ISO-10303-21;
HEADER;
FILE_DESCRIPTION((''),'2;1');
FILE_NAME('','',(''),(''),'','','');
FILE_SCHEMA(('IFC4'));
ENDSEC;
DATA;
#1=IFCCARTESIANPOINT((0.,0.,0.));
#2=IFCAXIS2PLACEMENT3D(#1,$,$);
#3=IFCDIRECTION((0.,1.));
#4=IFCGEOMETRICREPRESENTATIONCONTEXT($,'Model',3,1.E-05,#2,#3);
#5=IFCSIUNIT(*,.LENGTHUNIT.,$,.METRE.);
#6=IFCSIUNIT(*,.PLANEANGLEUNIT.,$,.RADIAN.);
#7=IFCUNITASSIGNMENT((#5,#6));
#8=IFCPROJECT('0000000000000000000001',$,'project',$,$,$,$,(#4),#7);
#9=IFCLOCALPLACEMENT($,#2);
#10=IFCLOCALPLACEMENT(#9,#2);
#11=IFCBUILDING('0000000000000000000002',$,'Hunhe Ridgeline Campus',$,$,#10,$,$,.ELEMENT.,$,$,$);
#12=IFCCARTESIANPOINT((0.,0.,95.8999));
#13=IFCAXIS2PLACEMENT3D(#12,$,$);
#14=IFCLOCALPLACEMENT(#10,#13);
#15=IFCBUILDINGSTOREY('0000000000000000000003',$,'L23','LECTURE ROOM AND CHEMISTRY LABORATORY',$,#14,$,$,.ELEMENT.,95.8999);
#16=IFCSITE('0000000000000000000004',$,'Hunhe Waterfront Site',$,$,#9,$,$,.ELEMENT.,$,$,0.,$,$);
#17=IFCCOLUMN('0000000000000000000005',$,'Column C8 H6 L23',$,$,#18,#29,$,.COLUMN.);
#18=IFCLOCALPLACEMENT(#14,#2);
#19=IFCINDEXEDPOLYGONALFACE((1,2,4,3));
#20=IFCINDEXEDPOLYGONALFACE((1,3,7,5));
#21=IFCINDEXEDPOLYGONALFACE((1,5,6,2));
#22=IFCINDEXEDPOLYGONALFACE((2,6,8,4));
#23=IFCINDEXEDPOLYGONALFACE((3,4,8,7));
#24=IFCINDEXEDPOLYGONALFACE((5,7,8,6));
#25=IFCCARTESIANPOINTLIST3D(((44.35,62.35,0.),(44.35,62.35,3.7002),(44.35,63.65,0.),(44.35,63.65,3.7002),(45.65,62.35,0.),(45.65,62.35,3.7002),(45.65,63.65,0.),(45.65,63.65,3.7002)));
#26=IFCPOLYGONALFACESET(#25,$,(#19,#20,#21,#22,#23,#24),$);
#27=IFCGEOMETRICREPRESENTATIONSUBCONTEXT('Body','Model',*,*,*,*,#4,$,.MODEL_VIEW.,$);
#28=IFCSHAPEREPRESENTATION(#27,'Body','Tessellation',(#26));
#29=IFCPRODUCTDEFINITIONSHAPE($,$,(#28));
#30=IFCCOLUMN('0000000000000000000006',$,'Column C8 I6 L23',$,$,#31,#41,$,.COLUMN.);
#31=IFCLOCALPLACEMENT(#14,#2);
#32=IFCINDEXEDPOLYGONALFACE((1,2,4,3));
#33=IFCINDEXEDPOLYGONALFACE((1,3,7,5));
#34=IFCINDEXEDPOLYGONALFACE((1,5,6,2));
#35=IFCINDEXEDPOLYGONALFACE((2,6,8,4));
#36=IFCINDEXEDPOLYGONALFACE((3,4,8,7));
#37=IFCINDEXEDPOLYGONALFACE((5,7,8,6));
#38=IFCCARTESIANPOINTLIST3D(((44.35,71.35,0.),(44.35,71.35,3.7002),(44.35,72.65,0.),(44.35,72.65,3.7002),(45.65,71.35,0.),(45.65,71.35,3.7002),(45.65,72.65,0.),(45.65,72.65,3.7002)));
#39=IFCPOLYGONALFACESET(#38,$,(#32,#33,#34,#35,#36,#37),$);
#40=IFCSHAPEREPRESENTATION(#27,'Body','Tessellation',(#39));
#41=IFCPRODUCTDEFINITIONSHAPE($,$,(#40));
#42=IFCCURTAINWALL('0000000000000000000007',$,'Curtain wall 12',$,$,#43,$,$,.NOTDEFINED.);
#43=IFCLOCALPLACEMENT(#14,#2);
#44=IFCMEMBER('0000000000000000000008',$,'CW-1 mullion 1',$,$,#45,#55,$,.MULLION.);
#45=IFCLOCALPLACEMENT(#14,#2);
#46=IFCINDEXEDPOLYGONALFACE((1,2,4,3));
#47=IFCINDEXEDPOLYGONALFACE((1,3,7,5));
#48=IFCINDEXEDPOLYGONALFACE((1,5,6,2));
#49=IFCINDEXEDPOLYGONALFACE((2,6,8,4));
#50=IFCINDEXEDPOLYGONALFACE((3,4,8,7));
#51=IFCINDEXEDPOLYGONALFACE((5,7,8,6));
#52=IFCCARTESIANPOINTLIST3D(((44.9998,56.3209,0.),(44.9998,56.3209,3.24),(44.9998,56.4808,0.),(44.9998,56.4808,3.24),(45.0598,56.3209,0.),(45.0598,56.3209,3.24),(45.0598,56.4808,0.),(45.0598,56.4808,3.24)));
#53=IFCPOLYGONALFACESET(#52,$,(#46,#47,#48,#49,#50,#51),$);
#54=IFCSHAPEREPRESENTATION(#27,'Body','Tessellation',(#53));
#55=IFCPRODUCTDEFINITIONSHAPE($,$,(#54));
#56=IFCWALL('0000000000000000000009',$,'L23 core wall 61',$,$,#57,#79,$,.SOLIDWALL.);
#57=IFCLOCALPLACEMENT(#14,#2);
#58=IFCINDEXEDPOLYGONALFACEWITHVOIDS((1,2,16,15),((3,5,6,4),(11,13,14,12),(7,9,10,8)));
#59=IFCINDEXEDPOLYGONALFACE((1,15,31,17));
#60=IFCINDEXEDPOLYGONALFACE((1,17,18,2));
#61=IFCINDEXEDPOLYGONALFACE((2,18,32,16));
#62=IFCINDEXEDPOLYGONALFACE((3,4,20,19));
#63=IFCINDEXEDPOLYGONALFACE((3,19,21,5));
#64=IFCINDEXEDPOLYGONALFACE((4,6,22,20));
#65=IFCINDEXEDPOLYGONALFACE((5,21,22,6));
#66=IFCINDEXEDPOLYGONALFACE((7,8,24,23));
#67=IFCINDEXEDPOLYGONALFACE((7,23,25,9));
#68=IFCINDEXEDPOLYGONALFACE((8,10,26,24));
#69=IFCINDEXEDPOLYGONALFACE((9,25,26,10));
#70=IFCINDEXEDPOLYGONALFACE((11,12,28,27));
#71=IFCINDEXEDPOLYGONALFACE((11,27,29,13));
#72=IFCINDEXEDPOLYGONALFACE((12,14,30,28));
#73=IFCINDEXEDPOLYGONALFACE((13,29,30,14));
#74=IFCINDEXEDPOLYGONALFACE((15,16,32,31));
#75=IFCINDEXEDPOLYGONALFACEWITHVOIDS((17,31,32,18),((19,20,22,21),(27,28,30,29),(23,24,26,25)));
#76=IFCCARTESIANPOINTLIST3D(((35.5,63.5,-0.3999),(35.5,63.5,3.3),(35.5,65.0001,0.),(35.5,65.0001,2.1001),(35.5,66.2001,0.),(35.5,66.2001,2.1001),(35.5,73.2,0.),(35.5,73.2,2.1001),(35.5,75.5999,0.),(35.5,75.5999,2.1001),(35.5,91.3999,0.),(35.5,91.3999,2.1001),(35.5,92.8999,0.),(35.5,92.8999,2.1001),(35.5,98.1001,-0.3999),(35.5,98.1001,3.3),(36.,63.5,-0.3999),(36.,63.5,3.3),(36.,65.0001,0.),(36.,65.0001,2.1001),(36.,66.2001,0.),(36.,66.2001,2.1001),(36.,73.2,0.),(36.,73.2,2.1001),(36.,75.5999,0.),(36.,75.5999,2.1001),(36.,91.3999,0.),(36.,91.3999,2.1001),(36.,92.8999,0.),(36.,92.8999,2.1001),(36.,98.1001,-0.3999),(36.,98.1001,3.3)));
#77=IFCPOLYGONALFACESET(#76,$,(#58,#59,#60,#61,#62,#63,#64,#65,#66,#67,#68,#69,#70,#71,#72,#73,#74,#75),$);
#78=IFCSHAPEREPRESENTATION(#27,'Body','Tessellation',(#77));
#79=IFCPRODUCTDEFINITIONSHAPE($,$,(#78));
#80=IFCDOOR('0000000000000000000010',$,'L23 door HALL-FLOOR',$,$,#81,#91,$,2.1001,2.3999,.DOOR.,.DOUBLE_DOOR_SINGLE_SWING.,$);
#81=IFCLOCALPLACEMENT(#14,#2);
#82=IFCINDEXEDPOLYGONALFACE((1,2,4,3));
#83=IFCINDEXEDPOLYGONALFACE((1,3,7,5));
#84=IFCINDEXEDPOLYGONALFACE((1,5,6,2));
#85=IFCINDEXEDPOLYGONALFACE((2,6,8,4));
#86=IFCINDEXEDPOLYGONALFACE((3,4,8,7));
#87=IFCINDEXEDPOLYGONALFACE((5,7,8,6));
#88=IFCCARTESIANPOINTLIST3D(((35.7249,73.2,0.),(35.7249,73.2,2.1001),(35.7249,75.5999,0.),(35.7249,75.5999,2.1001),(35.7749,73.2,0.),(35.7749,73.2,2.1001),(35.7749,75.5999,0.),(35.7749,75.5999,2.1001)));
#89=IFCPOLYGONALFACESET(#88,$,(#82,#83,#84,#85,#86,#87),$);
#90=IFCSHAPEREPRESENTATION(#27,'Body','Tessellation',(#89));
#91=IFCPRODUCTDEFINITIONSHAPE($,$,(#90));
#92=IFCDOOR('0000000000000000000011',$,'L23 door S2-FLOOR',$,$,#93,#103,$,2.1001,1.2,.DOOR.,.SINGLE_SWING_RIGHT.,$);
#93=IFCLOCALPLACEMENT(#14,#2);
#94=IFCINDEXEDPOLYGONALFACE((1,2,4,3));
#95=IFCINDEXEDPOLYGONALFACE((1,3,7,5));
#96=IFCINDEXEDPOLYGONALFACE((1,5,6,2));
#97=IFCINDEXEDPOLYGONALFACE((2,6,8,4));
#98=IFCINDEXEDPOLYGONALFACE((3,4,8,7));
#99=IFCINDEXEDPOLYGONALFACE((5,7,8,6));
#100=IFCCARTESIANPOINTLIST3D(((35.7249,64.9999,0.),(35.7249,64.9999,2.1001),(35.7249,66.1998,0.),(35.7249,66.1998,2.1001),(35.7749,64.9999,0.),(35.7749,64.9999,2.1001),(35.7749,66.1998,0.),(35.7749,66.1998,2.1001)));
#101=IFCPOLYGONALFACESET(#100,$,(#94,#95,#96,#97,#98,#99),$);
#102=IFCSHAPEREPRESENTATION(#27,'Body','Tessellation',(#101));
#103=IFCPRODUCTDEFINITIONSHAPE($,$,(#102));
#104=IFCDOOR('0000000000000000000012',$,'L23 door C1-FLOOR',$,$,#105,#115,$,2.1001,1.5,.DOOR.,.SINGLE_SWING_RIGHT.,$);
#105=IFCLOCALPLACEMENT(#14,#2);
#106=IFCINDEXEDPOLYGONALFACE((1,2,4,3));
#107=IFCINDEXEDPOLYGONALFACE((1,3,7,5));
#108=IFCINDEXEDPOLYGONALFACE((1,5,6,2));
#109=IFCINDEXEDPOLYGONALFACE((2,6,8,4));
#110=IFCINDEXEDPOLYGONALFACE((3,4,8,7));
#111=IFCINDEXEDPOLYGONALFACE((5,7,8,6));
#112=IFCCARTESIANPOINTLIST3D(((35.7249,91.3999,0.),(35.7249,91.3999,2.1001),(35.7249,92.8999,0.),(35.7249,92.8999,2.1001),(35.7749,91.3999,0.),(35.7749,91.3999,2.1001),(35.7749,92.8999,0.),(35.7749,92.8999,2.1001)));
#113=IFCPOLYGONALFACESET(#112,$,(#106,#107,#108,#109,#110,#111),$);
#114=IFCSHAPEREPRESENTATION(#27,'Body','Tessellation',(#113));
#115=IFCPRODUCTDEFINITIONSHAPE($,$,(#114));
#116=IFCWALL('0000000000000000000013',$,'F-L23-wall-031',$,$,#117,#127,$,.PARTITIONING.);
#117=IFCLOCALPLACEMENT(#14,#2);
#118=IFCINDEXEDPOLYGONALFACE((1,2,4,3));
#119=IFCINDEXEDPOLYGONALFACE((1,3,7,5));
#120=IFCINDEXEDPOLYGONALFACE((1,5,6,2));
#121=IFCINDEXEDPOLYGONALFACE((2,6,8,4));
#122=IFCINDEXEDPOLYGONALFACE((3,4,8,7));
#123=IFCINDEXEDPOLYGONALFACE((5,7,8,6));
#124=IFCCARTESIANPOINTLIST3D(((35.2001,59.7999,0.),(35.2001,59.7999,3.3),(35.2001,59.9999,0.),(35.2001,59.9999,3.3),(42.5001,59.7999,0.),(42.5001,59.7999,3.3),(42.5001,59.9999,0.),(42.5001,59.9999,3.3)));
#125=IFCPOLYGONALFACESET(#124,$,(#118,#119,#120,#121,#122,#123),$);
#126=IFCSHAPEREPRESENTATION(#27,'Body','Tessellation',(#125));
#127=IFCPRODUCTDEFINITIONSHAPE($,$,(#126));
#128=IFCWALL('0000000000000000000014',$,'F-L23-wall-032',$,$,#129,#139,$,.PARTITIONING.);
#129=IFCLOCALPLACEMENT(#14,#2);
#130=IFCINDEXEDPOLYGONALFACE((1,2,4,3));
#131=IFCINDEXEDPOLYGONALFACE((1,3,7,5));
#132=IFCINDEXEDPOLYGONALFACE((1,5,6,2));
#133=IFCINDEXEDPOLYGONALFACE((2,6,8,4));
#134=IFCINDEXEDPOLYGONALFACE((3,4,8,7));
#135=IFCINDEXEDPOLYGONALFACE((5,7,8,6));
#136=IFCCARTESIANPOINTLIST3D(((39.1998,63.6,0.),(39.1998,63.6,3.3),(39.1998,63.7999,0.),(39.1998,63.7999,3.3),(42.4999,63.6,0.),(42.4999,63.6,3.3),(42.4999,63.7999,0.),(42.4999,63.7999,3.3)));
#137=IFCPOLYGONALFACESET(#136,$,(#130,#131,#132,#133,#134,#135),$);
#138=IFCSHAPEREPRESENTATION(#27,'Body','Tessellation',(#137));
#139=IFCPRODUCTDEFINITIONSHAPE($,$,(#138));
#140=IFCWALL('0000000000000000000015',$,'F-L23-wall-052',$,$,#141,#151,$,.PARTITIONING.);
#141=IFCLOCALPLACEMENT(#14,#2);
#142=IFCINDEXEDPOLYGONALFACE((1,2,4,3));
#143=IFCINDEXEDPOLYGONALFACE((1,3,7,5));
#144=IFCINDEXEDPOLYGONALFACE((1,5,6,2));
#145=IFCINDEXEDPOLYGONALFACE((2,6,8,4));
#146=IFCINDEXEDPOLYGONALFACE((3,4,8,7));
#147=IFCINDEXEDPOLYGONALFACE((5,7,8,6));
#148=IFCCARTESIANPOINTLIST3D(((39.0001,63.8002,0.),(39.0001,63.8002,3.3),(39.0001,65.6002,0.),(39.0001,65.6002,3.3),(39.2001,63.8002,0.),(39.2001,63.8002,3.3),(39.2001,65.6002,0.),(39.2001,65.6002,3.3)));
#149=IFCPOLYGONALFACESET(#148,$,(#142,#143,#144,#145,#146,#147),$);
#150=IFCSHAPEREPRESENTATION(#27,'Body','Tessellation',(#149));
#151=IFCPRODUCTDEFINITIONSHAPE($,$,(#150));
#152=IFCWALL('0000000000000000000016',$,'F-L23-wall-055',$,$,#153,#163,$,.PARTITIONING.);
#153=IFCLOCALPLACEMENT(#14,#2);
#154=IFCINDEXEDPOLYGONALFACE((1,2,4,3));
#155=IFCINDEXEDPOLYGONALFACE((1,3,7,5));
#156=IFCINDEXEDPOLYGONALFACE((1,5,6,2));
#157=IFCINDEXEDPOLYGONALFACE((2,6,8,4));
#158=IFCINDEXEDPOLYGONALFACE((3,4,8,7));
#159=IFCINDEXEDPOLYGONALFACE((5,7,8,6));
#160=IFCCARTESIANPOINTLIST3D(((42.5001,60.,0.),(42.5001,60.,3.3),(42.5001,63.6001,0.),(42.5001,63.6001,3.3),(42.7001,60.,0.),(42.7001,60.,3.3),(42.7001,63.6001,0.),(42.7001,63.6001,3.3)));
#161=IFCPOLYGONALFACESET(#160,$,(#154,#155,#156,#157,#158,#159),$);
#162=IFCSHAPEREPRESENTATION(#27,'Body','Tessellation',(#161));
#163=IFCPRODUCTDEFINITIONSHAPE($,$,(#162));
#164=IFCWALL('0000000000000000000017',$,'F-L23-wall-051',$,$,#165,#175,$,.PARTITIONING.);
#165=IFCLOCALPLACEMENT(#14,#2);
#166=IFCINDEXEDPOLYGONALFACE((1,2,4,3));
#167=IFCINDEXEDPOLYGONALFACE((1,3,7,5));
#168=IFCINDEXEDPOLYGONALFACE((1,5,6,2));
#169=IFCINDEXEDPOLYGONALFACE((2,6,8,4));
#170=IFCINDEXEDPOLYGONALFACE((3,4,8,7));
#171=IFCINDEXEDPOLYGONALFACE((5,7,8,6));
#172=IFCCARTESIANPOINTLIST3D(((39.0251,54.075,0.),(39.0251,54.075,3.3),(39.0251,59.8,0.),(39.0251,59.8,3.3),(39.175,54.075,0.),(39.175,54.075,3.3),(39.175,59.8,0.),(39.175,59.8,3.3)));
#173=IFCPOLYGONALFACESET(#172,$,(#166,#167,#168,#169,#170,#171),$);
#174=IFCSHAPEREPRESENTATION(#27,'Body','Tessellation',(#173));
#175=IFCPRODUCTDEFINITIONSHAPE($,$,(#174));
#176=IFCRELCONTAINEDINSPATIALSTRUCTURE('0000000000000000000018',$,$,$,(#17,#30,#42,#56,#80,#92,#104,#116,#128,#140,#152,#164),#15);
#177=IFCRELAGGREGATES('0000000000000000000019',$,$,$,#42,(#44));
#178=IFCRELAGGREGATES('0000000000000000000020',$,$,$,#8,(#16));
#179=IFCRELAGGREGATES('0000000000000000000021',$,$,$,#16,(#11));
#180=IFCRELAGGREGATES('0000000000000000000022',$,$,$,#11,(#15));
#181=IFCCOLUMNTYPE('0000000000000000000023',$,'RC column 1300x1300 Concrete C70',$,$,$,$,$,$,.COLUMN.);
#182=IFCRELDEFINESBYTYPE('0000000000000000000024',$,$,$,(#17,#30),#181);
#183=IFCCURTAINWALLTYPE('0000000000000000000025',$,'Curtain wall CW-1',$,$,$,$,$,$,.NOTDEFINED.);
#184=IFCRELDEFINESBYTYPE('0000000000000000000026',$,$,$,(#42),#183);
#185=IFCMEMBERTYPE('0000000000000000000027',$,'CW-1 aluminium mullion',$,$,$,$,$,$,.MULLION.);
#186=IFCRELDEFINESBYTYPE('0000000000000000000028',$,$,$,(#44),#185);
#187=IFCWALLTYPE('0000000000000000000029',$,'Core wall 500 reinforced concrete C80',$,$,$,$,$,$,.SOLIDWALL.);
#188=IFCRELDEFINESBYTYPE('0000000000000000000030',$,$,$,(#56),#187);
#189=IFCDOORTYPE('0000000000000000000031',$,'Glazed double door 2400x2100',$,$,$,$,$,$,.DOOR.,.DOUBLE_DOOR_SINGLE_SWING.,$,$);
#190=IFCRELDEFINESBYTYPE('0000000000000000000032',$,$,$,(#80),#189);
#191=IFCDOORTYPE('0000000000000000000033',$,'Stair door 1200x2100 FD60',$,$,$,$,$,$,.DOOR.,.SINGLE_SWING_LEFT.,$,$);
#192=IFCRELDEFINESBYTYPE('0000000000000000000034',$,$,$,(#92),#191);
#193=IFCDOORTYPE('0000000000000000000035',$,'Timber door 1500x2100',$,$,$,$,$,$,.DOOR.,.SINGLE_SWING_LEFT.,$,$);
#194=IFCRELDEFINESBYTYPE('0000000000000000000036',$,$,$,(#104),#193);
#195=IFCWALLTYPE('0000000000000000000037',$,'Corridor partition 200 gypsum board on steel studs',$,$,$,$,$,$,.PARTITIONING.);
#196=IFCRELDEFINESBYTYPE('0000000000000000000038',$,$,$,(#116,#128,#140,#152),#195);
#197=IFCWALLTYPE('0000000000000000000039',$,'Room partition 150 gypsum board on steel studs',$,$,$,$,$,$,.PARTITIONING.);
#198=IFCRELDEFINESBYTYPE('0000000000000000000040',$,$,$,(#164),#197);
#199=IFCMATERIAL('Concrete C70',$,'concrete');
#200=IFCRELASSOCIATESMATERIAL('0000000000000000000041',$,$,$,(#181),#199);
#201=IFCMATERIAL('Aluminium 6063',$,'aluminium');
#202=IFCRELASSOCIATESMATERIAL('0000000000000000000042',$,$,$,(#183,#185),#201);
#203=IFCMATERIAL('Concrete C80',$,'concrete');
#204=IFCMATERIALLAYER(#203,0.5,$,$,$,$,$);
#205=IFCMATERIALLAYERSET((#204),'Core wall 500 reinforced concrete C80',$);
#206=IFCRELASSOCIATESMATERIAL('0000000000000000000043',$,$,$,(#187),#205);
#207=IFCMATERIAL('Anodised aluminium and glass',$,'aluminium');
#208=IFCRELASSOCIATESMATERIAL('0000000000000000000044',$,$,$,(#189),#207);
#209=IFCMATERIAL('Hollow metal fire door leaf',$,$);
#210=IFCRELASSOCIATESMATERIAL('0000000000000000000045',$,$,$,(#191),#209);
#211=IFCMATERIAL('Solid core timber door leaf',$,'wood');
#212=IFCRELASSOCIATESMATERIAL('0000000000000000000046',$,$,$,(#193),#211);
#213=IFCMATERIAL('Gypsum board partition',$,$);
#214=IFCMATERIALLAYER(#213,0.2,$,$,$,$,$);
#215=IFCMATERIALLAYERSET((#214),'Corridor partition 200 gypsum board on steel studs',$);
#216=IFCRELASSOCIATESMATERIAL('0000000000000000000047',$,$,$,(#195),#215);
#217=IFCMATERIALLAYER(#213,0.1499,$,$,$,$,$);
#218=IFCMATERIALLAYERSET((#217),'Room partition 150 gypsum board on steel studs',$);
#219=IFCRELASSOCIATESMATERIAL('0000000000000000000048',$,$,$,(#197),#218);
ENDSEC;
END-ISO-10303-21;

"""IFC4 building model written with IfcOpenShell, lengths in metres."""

from ifc_helpers import new_model, si_unit, direction, frame, frame_2d, origin, origin_2d, place, context, subcontext, project, spatial, rectangle, extrude, material, layer, layer_set, material_profile, profile_set, type_object, element, fill, aggregate, save


model = new_model("IFC4")

# Units and contexts
model_context = context("Model", 3, precision=1e-05, world=origin(), true_north=direction((0.0, 1.0)))
body_context = subcontext(model_context, "Body", "Model", "MODEL_VIEW")
ifc_project = project(units=[si_unit("LENGTHUNIT", "METRE"), si_unit("PLANEANGLEUNIT", "RADIAN")], contexts=[model_context])

# Site, building, storey
site_placement = place(None, origin())
site = spatial("IfcSite", under=ifc_project, at=site_placement, Name="Hunhe Waterfront Site", CompositionType="ELEMENT", RefElevation=0.0)
building_placement = place(site_placement, origin())
building = spatial("IfcBuilding", under=site, at=building_placement, Name="Hunhe Ridgeline Campus", CompositionType="ELEMENT")
storey_placement = place(building_placement, frame((0.0, 0.0, 95.8999)))
storey = spatial("IfcBuildingStorey", under=building, at=storey_placement, Name="L23", Description="LECTURE ROOM AND CHEMISTRY LABORATORY", CompositionType="ELEMENT", Elevation=95.8999)

# Columns
ifc_material_1 = material(Name="Concrete C70", Category="concrete")
ifc_material_profile_1 = material_profile(ifc_material_1, rectangle(XDim=1.3, YDim=1.3, at=origin_2d()))
ifc_profile_set_1 = profile_set([ifc_material_profile_1], Name="Concrete C70")
column_type = type_object("IfcColumnType", Name="RC column 1300x1300 Concrete C70", PredefinedType="COLUMN", material=ifc_profile_set_1)
for number, where, z_axis, x_axis, name in (
    (1, (45.0, 63.0, 0.0), (0.0, 0.0, 1.0), (1.0, 0.0, 0.0), "Column C8 H6 L23"),
    (2, (45.0, 72.0, 0.0), (0.0, 0.0, 1.0), (1.0, 0.0, 0.0), "Column C8 I6 L23"),
):
    element("IfcColumn", number, at=place(storey_placement, frame(where, z_axis=z_axis, x_axis=x_axis)), inside=storey, type_object=column_type, Name=name, PredefinedType="COLUMN", context=body_context, shape_type="SweptSolid", body=[
        extrude(rectangle(XDim=1.3, YDim=1.3, at=origin_2d()), origin(), (0.0, 0.0, 1.0), 3.7002),
    ])

# Curtain wall, member
ifc_material_2 = material(Name="Aluminium 6063", Category="aluminium")
curtain_wall_type = type_object("IfcCurtainWallType", Name="Curtain wall CW-1", PredefinedType="NOTDEFINED", material=ifc_material_2)
curtain_wall_placement = place(storey_placement, origin())
curtain_wall = element("IfcCurtainWall", 3, at=curtain_wall_placement, inside=storey, type_object=curtain_wall_type, Name="Curtain wall 12", PredefinedType="NOTDEFINED")
ifc_material_profile_2 = material_profile(ifc_material_2, rectangle(XDim=0.1599, YDim=0.0601, at=origin_2d()))
ifc_profile_set_2 = profile_set([ifc_material_profile_2], Name="Aluminium 6063")
member_type = type_object("IfcMemberType", Name="CW-1 aluminium mullion", PredefinedType="MULLION", material=ifc_profile_set_2)
member_placement = place(storey_placement, frame((45.0298, 56.4009, 0.0), z_axis=(0.0, 0.0, 1.0), x_axis=(0.0, 1.0, 0.0)))
member = element("IfcMember", 4, at=member_placement, type_object=member_type, Name="CW-1 mullion 1", PredefinedType="MULLION", context=body_context, shape_type="SweptSolid", body=[
    extrude(rectangle(XDim=0.1599, YDim=0.0601, at=origin_2d()), origin(), (0.0, 0.0, 1.0), 3.24),
])
aggregate(curtain_wall, [member])

# Wall, openings, doors
ifc_material_3 = material(Name="Concrete C80", Category="concrete")
ifc_layer_1 = layer(ifc_material_3, 0.5)
ifc_layer_set_1 = layer_set([ifc_layer_1], Name="Core wall 500 reinforced concrete C80")
wall_type_1 = type_object("IfcWallType", Name="Core wall 500 reinforced concrete C80", PredefinedType="SOLIDWALL", material=ifc_layer_set_1)
wall_1_placement = place(storey_placement, frame((35.75, 63.5, -0.3999), z_axis=(0.0, 0.0, 1.0), x_axis=(0.0, 1.0, 0.0)))
wall_1 = element("IfcWall", 5, at=wall_1_placement, inside=storey, type_object=wall_type_1, Name="L23 core wall 61", PredefinedType="SOLIDWALL", context=body_context, shape_type="SweptSolid", body=[
    extrude(rectangle(XDim=34.6001, YDim=0.5, at=frame_2d((17.3, 0.0))), origin(), (0.0, 0.0, 1.0), 3.7),
])
opening_1_placement = place(wall_1_placement, frame((9.7, 0.0, 0.3999)))
opening_1 = element("IfcOpeningElement", 6, at=opening_1_placement, cuts=wall_1, PredefinedType="OPENING", context=body_context, shape_type="SweptSolid", body=[
    extrude(rectangle(XDim=2.3999, YDim=2.1001, at=frame_2d((1.2, 1.05))), frame((0.0, 0.25, 0.0), z_axis=(0.0, -1.0, 0.0), x_axis=(1.0, 0.0, 0.0)), (0.0, 0.0, 1.0), 0.5),
])
opening_2_placement = place(wall_1_placement, frame((27.8999, 0.0, 0.3999)))
opening_2 = element("IfcOpeningElement", 7, at=opening_2_placement, cuts=wall_1, PredefinedType="OPENING", context=body_context, shape_type="SweptSolid", body=[
    extrude(rectangle(XDim=1.5, YDim=2.1001, at=frame_2d((0.75, 1.05))), frame((0.0, 0.25, 0.0), z_axis=(0.0, -1.0, 0.0), x_axis=(1.0, 0.0, 0.0)), (0.0, 0.0, 1.0), 0.5),
])
opening_3_placement = place(wall_1_placement, frame((1.5, 0.0, 0.3999)))
opening_3 = element("IfcOpeningElement", 8, at=opening_3_placement, cuts=wall_1, PredefinedType="OPENING", context=body_context, shape_type="SweptSolid", body=[
    extrude(rectangle(XDim=1.2, YDim=2.1001, at=frame_2d((0.6001, 1.05))), frame((0.0, 0.25, 0.0), z_axis=(0.0, -1.0, 0.0), x_axis=(1.0, 0.0, 0.0)), (0.0, 0.0, 1.0), 0.5),
])
ifc_material_4 = material(Name="Anodised aluminium and glass", Category="aluminium")
door_type_1 = type_object("IfcDoorType", Name="Glazed double door 2400x2100", OperationType="DOUBLE_DOOR_SINGLE_SWING", PredefinedType="DOOR", material=ifc_material_4)
door_1_placement = place(opening_1_placement, frame((2.3999, 0.0, 0.0), z_axis=(0.0, 0.0, 1.0), x_axis=(-1.0, 0.0, 0.0)))
door_1 = element("IfcDoor", 9, at=door_1_placement, inside=storey, type_object=door_type_1, Name="L23 door HALL-FLOOR", OperationType="DOUBLE_DOOR_SINGLE_SWING", OverallHeight=2.1001, OverallWidth=2.3999, PredefinedType="DOOR", context=body_context, shape_type="SweptSolid", body=[
    extrude(rectangle(XDim=2.3999, YDim=2.1001, at=frame_2d((1.2, 1.05))), frame((0.0, 0.0249, 0.0), z_axis=(0.0, -1.0, 0.0), x_axis=(1.0, 0.0, 0.0)), (0.0, 0.0, 1.0), 0.05),
])
fill(opening_1, door_1)
ifc_material_5 = material(Name="Hollow metal fire door leaf")
door_type_2 = type_object("IfcDoorType", Name="Stair door 1200x2100 FD60", OperationType="SINGLE_SWING_LEFT", PredefinedType="DOOR", material=ifc_material_5)
door_2_placement = place(opening_3_placement, frame((1.2, 0.0, 0.0), z_axis=(0.0, 0.0, 1.0), x_axis=(-1.0, 0.0, 0.0)))
door_2 = element("IfcDoor", 10, at=door_2_placement, inside=storey, type_object=door_type_2, Name="L23 door S2-FLOOR", OperationType="SINGLE_SWING_RIGHT", OverallHeight=2.1001, OverallWidth=1.2, PredefinedType="DOOR", context=body_context, shape_type="SweptSolid", body=[
    extrude(rectangle(XDim=1.2, YDim=2.1001, at=frame_2d((0.6001, 1.05))), frame((0.0, 0.0249, 0.0), z_axis=(0.0, -1.0, 0.0), x_axis=(1.0, 0.0, 0.0)), (0.0, 0.0, 1.0), 0.05),
])
fill(opening_3, door_2)
ifc_material_6 = material(Name="Solid core timber door leaf", Category="wood")
door_type_3 = type_object("IfcDoorType", Name="Timber door 1500x2100", OperationType="SINGLE_SWING_LEFT", PredefinedType="DOOR", material=ifc_material_6)
door_3_placement = place(opening_2_placement, frame((1.5, 0.0, 0.0), z_axis=(0.0, 0.0, 1.0), x_axis=(-1.0, 0.0, 0.0)))
door_3 = element("IfcDoor", 11, at=door_3_placement, inside=storey, type_object=door_type_3, Name="L23 door C1-FLOOR", OperationType="SINGLE_SWING_RIGHT", OverallHeight=2.1001, OverallWidth=1.5, PredefinedType="DOOR", context=body_context, shape_type="SweptSolid", body=[
    extrude(rectangle(XDim=1.5, YDim=2.1001, at=frame_2d((0.75, 1.05))), frame((0.0, 0.0249, 0.0), z_axis=(0.0, -1.0, 0.0), x_axis=(1.0, 0.0, 0.0)), (0.0, 0.0, 1.0), 0.05),
])
fill(opening_2, door_3)

# Walls
ifc_material_7 = material(Name="Gypsum board partition")
ifc_layer_2 = layer(ifc_material_7, 0.2)
ifc_layer_set_2 = layer_set([ifc_layer_2], Name="Corridor partition 200 gypsum board on steel studs")
wall_type_2 = type_object("IfcWallType", Name="Corridor partition 200 gypsum board on steel studs", PredefinedType="PARTITIONING", material=ifc_layer_set_2)
wall_2_placement = place(storey_placement, frame((42.5, 59.8999, 0.0), z_axis=(0.0, 0.0, 1.0), x_axis=(-1.0, 0.0, 0.0)))
element("IfcWall", 12, at=wall_2_placement, inside=storey, type_object=wall_type_2, Name="F-L23-wall-031", PredefinedType="PARTITIONING", context=body_context, shape_type="SweptSolid", body=[
    extrude(rectangle(XDim=7.3, YDim=0.2, at=frame_2d((3.6499, 0.0))), origin(), (0.0, 0.0, 1.0), 3.3),
])
wall_3_placement = place(storey_placement, frame((39.2, 63.7, 0.0), z_axis=(0.0, 0.0, 1.0), x_axis=(1.0, 0.0, 0.0)))
element("IfcWall", 13, at=wall_3_placement, inside=storey, type_object=wall_type_2, Name="F-L23-wall-032", PredefinedType="PARTITIONING", context=body_context, shape_type="SweptSolid", body=[
    extrude(rectangle(XDim=3.3, YDim=0.2, at=frame_2d((1.6499, 0.0))), origin(), (0.0, 0.0, 1.0), 3.3),
])

# Wall
wall_4_placement = place(storey_placement, frame((39.1001, 65.6001, 0.0), z_axis=(0.0, 0.0, 1.0), x_axis=(0.0, -1.0, 0.0)))
element("IfcWall", 14, at=wall_4_placement, inside=storey, type_object=wall_type_2, Name="F-L23-wall-052", PredefinedType="PARTITIONING", context=body_context, shape_type="SweptSolid", body=[
    extrude(rectangle(XDim=1.8, YDim=0.2, at=frame_2d((0.8999, 0.0))), origin(), (0.0, 0.0, 1.0), 3.3),
])

# Walls
wall_5_placement = place(storey_placement, frame((42.6001, 63.6001, 0.0), z_axis=(0.0, 0.0, 1.0), x_axis=(0.0, -1.0, 0.0)))
element("IfcWall", 15, at=wall_5_placement, inside=storey, type_object=wall_type_2, Name="F-L23-wall-055", PredefinedType="PARTITIONING", context=body_context, shape_type="SweptSolid", body=[
    extrude(rectangle(XDim=3.6001, YDim=0.2, at=frame_2d((1.8, 0.0))), origin(), (0.0, 0.0, 1.0), 3.3),
])
ifc_layer_3 = layer(ifc_material_7, 0.1499)
ifc_layer_set_3 = layer_set([ifc_layer_3], Name="Room partition 150 gypsum board on steel studs")
wall_type_3 = type_object("IfcWallType", Name="Room partition 150 gypsum board on steel studs", PredefinedType="PARTITIONING", material=ifc_layer_set_3)
wall_6_placement = place(storey_placement, frame((39.1001, 59.8, 0.0), z_axis=(0.0, 0.0, 1.0), x_axis=(0.0, -1.0, 0.0)))
element("IfcWall", 16, at=wall_6_placement, inside=storey, type_object=wall_type_3, Name="F-L23-wall-051", PredefinedType="PARTITIONING", context=body_context, shape_type="SweptSolid", body=[
    extrude(rectangle(XDim=5.7251, YDim=0.1499, at=frame_2d((2.8625, 0.0))), origin(), (0.0, 0.0, 1.0), 3.3),
])

save(model, "model.ifc")
